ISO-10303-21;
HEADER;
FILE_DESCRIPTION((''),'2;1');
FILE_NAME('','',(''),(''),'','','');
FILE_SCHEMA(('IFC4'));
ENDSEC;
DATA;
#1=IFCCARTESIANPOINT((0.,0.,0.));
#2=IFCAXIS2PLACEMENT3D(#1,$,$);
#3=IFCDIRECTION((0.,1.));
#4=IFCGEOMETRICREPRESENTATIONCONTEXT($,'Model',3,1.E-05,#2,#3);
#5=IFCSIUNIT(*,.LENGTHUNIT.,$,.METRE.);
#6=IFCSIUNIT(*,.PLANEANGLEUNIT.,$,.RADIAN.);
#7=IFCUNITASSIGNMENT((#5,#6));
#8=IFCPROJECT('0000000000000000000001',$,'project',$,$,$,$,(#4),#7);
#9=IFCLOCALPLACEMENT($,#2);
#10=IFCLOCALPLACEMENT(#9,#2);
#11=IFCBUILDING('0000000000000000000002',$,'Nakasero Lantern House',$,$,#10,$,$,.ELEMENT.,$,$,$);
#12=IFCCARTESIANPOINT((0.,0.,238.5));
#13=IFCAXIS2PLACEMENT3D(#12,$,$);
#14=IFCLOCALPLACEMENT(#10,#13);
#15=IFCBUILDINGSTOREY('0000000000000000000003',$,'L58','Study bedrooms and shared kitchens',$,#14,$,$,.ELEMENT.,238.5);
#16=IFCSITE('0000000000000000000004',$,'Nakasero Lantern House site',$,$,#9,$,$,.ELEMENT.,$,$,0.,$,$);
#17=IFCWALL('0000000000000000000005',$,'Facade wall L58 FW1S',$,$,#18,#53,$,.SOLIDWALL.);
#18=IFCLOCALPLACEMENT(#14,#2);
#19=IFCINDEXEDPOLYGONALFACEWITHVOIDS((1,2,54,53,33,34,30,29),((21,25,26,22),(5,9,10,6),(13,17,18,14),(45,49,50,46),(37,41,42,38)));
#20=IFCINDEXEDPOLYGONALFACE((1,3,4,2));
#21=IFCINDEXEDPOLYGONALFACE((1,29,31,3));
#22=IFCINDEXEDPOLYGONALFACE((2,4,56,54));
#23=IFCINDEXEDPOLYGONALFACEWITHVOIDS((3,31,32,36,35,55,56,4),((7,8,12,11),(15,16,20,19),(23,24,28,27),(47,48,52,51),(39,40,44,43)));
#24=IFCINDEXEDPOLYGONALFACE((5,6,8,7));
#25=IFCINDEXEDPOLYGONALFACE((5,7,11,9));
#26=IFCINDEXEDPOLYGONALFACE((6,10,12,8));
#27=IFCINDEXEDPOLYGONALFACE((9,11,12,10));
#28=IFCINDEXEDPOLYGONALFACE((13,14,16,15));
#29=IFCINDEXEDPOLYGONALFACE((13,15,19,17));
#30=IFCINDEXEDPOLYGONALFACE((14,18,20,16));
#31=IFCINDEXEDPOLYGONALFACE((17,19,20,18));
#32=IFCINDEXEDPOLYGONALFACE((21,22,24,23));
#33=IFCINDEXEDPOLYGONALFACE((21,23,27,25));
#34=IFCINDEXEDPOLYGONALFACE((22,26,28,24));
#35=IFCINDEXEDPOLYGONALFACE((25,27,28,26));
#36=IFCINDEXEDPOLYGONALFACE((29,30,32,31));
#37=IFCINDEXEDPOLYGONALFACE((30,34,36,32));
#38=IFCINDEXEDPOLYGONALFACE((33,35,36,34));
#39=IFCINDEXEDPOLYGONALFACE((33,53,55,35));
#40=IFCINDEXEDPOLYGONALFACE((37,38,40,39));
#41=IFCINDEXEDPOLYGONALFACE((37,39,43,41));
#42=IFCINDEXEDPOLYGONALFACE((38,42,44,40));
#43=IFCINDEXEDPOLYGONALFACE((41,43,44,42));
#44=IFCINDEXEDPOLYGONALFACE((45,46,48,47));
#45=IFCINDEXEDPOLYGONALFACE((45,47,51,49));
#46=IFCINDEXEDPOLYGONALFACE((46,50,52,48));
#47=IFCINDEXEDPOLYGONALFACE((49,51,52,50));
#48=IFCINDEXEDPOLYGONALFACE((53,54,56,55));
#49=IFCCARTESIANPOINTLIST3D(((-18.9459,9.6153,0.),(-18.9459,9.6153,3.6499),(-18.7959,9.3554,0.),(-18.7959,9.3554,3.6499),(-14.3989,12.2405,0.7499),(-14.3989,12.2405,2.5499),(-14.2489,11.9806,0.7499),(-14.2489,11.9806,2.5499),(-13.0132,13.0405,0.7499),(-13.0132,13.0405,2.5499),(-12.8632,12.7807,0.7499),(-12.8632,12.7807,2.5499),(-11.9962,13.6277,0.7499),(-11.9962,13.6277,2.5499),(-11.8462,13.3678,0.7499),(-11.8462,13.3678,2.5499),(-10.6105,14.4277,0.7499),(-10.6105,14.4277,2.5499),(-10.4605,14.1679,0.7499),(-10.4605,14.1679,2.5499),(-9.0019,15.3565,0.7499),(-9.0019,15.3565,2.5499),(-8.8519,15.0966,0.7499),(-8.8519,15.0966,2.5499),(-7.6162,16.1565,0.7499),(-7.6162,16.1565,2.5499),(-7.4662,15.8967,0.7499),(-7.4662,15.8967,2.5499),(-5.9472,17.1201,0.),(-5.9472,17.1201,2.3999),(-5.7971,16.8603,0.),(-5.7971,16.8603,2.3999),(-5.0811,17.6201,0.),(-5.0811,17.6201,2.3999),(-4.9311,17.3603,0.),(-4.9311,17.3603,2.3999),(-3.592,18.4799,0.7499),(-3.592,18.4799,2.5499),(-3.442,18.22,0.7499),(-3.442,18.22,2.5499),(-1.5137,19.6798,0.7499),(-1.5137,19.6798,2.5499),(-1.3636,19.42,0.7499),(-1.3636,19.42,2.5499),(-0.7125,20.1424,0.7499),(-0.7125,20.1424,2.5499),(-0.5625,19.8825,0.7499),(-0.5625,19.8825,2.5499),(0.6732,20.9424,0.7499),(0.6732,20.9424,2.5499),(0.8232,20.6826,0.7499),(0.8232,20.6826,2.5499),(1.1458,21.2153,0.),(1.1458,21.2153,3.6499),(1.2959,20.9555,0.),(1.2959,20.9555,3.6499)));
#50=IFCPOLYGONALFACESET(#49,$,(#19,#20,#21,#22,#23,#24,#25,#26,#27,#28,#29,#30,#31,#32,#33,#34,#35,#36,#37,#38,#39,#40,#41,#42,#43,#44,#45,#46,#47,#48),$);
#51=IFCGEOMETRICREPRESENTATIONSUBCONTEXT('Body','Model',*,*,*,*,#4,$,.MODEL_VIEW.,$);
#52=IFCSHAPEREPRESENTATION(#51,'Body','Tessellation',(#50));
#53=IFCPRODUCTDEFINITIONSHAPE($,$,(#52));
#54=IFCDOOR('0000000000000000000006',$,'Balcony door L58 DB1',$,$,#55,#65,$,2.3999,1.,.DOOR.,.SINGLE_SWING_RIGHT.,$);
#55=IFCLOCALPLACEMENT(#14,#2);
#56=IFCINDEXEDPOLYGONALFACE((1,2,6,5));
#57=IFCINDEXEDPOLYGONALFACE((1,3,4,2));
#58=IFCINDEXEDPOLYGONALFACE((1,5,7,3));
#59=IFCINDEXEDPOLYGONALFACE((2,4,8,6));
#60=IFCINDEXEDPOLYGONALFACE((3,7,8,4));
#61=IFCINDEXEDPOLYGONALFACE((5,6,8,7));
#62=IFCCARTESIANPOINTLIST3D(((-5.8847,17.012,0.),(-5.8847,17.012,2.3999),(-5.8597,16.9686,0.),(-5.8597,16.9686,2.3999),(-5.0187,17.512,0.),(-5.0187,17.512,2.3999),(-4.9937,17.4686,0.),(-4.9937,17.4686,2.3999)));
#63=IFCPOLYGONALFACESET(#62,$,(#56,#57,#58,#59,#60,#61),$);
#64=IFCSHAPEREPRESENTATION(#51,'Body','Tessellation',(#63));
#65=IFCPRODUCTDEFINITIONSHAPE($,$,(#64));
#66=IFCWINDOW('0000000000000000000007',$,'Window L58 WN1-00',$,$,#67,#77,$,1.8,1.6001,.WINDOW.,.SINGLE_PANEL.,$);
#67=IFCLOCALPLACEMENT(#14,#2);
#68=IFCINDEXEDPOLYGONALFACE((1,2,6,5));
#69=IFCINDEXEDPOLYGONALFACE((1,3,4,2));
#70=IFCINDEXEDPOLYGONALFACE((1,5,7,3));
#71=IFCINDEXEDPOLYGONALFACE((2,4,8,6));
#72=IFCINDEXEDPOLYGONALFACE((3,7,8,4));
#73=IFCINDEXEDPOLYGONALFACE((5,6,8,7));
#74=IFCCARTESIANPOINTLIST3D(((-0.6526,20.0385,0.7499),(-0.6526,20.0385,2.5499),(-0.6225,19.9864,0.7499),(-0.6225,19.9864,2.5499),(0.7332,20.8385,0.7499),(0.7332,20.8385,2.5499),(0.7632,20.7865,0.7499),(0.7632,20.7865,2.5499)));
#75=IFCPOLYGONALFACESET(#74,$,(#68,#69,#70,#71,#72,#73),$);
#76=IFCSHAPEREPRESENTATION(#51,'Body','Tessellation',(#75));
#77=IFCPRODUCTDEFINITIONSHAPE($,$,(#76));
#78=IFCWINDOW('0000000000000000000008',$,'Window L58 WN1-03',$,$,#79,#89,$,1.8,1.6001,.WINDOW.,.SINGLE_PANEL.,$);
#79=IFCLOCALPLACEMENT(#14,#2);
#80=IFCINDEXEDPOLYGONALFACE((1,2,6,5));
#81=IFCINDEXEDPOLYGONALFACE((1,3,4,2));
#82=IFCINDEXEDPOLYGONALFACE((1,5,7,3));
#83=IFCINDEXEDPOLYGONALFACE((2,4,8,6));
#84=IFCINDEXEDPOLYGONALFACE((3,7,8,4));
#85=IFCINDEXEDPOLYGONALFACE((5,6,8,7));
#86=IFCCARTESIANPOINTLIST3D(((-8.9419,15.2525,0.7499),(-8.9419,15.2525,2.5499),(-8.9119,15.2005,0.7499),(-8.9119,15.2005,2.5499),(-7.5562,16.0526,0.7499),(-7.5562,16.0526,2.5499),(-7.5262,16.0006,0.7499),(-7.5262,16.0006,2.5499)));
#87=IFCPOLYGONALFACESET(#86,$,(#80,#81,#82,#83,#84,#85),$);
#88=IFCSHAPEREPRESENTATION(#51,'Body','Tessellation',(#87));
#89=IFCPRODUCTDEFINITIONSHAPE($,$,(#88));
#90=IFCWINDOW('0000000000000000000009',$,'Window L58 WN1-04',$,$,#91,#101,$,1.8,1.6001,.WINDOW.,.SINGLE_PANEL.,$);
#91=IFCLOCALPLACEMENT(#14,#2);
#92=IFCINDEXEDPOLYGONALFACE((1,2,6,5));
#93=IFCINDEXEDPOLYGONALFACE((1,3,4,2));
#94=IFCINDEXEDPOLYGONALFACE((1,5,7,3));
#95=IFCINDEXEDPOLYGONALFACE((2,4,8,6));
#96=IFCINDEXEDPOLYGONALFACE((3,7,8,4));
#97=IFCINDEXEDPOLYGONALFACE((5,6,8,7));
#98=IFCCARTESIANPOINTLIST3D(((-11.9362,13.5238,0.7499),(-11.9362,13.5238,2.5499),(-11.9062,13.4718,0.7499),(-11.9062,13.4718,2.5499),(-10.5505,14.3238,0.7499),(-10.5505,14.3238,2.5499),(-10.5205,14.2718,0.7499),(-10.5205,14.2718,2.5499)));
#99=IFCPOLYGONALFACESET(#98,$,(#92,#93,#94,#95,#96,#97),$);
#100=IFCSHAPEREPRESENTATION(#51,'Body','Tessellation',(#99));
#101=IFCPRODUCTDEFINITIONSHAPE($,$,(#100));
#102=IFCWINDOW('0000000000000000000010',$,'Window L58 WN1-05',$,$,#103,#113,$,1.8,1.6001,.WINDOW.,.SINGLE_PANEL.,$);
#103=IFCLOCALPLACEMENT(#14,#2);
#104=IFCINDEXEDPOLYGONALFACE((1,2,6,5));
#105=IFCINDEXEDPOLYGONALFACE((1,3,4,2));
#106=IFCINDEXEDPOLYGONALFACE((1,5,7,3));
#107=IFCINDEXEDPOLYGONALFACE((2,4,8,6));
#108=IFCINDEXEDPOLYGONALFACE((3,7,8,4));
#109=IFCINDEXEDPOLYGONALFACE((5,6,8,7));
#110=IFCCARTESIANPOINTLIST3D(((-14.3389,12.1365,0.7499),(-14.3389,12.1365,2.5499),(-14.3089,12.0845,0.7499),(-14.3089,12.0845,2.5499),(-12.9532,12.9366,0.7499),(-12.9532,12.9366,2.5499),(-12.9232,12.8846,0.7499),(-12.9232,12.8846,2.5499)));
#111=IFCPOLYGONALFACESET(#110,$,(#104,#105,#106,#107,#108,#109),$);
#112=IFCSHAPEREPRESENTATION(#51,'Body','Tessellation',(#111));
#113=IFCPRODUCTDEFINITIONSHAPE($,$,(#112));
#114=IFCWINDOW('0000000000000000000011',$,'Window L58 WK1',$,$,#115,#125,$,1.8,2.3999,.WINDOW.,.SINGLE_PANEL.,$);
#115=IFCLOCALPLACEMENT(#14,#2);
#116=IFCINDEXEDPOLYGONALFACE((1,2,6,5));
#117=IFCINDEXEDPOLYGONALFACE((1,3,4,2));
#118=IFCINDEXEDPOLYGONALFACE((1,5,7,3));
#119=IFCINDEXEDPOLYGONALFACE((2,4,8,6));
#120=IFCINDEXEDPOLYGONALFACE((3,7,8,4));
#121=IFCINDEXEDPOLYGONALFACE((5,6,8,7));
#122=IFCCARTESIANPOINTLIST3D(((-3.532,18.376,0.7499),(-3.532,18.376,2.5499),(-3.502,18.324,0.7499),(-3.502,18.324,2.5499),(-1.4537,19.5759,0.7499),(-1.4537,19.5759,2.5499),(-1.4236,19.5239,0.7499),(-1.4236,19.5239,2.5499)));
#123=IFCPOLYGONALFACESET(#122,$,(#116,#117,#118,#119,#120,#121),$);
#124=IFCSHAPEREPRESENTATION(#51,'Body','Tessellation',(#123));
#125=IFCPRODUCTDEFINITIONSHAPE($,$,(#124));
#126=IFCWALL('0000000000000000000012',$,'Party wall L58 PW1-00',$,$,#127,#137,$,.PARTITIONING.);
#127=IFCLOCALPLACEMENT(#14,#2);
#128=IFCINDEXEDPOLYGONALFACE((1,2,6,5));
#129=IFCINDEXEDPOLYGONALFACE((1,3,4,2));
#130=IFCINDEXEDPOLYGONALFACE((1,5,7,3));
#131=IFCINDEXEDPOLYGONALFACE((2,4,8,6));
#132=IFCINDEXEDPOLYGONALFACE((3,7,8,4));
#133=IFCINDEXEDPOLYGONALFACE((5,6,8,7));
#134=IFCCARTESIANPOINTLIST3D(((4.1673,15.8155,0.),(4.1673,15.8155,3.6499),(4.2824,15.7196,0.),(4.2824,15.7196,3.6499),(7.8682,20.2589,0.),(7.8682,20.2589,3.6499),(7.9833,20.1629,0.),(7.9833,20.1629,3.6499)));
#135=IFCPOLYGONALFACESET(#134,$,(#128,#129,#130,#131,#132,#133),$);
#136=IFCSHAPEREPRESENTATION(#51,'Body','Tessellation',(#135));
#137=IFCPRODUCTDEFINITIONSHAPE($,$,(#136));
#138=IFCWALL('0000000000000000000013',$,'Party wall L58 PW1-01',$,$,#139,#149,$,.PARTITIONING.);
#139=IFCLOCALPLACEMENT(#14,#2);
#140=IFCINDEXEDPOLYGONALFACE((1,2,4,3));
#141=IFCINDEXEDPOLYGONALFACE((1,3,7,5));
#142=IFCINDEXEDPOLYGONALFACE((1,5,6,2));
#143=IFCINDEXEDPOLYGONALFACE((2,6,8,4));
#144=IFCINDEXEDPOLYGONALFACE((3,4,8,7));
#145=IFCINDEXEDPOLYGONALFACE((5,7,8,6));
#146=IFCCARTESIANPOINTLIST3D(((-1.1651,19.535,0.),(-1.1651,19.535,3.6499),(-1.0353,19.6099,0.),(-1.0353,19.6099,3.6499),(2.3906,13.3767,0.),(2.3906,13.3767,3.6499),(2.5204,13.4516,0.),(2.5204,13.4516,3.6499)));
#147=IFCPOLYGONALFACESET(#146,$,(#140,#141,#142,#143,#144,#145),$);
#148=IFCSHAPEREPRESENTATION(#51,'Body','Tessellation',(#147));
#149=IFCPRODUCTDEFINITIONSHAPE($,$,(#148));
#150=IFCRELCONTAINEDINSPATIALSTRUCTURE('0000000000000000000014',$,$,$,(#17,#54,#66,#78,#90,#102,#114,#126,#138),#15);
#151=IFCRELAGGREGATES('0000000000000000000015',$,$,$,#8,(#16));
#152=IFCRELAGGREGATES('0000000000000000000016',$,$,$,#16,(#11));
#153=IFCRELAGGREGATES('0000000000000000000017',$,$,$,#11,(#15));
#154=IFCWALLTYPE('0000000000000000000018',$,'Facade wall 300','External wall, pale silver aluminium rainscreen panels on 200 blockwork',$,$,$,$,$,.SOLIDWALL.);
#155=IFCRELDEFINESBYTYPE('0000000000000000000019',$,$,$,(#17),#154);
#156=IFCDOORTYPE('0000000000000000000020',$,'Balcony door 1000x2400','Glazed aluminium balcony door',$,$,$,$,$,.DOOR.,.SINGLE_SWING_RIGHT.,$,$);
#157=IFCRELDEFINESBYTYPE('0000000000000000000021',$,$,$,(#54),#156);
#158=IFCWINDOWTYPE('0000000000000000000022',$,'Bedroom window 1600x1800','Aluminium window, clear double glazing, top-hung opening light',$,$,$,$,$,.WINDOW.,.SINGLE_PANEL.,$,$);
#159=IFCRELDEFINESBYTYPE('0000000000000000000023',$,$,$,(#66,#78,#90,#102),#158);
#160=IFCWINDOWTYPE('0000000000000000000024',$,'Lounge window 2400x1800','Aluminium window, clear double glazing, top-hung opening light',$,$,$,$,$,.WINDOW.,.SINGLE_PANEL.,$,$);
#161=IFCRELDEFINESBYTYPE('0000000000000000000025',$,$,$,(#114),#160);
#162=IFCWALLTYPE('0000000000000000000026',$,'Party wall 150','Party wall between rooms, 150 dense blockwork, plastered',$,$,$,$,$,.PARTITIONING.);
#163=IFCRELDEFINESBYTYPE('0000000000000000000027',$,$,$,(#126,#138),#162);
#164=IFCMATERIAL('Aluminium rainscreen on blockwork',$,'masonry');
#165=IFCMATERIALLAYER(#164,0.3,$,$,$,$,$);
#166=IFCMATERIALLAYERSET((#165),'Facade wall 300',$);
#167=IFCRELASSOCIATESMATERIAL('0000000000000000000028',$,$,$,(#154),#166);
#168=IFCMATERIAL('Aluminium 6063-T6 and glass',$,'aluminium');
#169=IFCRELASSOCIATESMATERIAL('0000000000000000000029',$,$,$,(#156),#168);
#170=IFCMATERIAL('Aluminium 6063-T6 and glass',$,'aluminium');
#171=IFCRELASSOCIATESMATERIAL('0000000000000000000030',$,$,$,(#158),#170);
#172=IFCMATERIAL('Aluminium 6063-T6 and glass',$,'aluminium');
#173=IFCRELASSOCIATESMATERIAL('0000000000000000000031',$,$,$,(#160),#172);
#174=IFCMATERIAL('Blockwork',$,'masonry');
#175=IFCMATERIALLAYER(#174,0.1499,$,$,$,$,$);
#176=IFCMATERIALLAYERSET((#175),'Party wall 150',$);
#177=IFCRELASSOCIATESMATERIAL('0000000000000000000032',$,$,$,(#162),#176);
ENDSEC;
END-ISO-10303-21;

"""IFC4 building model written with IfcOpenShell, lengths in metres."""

from ifc_helpers import new_model, si_unit, direction, frame, frame_2d, origin, place, context, subcontext, project, spatial, rectangle, extrude, material, layer, layer_set, type_object, element, fill, save


model = new_model("IFC4")

# Units and contexts
model_context = context("Model", 3, precision=1e-05, world=origin(), true_north=direction((0.0, 1.0)))
body_context = subcontext(model_context, "Body", "Model", "MODEL_VIEW")
ifc_project = project(units=[si_unit("LENGTHUNIT", "METRE"), si_unit("PLANEANGLEUNIT", "RADIAN")], contexts=[model_context])

# Site, building, storey
site_placement = place(None, origin())
site = spatial("IfcSite", under=ifc_project, at=site_placement, Name="Nakasero Lantern House site", CompositionType="ELEMENT", RefElevation=0.0)
building_placement = place(site_placement, origin())
building = spatial("IfcBuilding", under=site, at=building_placement, Name="Nakasero Lantern House", CompositionType="ELEMENT")
storey_placement = place(building_placement, frame((0.0, 0.0, 238.5)))
storey = spatial("IfcBuildingStorey", under=building, at=storey_placement, Name="L58", Description="Study bedrooms and shared kitchens", CompositionType="ELEMENT", Elevation=238.5)

# Shared definitions
ifc_material_1 = material(Name="Aluminium rainscreen on blockwork", Category="masonry")
ifc_layer_1 = layer(ifc_material_1, 0.3)
ifc_layer_set_1 = layer_set([ifc_layer_1], Name="Facade wall 300")
wall_type_1 = type_object("IfcWallType", Name="Facade wall 300", Description="External wall, pale silver aluminium rainscreen panels on 200 blockwork", PredefinedType="SOLIDWALL", material=ifc_layer_set_1)

# Wall, openings, door, windows
wall_1_placement = place(storey_placement, frame((1.2209, 21.0854, 0.0), z_axis=(0.0, 0.0, 1.0), x_axis=(-0.866024, -0.500003, 0.0)))
wall_1 = element("IfcWall", 1, at=wall_1_placement, inside=storey, type_object=wall_type_1, Name="Facade wall L58 FW1S", PredefinedType="SOLIDWALL", context=body_context, shape_type="SweptSolid", body=[
    extrude(rectangle(XDim=23.2, YDim=0.3, at=frame_2d((11.6001, 0.0))), origin(), (0.0, 0.0, 1.0), 3.6499),
])
opening_1_placement = place(wall_1_placement, frame((0.5459, 0.0, 0.75)))
opening_1 = element("IfcOpeningElement", 2, at=opening_1_placement, cuts=wall_1, PredefinedType="OPENING", context=body_context, shape_type="SweptSolid", body=[
    extrude(rectangle(XDim=1.6001, YDim=1.8, at=frame_2d((0.8, 0.8999))), frame((0.0, 0.1699, 0.0), z_axis=(0.0, -1.0, 0.0), x_axis=(1.0, 0.0, 0.0)), (0.0, 0.0, 1.0), 0.3401),
])
opening_2_placement = place(wall_1_placement, frame((10.1177, 0.0, 0.75)))
opening_2 = element("IfcOpeningElement", 3, at=opening_2_placement, cuts=wall_1, PredefinedType="OPENING", context=body_context, shape_type="SweptSolid", body=[
    extrude(rectangle(XDim=1.6001, YDim=1.8, at=frame_2d((0.8, 0.8999))), frame((0.0, 0.1699, 0.0), z_axis=(0.0, -1.0, 0.0), x_axis=(1.0, 0.0, 0.0)), (0.0, 0.0, 1.0), 0.3401),
])
opening_3_placement = place(wall_1_placement, frame((13.5752, 0.0, 0.75)))
opening_3 = element("IfcOpeningElement", 4, at=opening_3_placement, cuts=wall_1, PredefinedType="OPENING", context=body_context, shape_type="SweptSolid", body=[
    extrude(rectangle(XDim=1.6001, YDim=1.8, at=frame_2d((0.8, 0.8999))), frame((0.0, 0.1699, 0.0), z_axis=(0.0, -1.0, 0.0), x_axis=(1.0, 0.0, 0.0)), (0.0, 0.0, 1.0), 0.3401),
])
opening_4_placement = place(wall_1_placement, frame((16.3496, 0.0, 0.75)))
opening_4 = element("IfcOpeningElement", 5, at=opening_4_placement, cuts=wall_1, PredefinedType="OPENING", context=body_context, shape_type="SweptSolid", body=[
    extrude(rectangle(XDim=1.6001, YDim=1.8, at=frame_2d((0.8, 0.8999))), frame((0.0, 0.1699, 0.0), z_axis=(0.0, -1.0, 0.0), x_axis=(1.0, 0.0, 0.0)), (0.0, 0.0, 1.0), 0.3401),
])
opening_5_placement = place(wall_1_placement, frame((3.071, 0.0, 0.75)))
opening_5 = element("IfcOpeningElement", 6, at=opening_5_placement, cuts=wall_1, PredefinedType="OPENING", context=body_context, shape_type="SweptSolid", body=[
    extrude(rectangle(XDim=2.3999, YDim=1.8, at=frame_2d((1.2, 0.8999))), frame((0.0, 0.1699, 0.0), z_axis=(0.0, -1.0, 0.0), x_axis=(1.0, 0.0, 0.0)), (0.0, 0.0, 1.0), 0.3401),
])
opening_6_placement = place(wall_1_placement, frame((7.1904, 0.0, 0.0)))
opening_6 = element("IfcOpeningElement", 7, at=opening_6_placement, cuts=wall_1, PredefinedType="OPENING", context=body_context, shape_type="SweptSolid", body=[
    extrude(rectangle(XDim=1.0, YDim=2.3999, at=frame_2d((0.5, 1.2))), frame((0.0, 0.1699, 0.0), z_axis=(0.0, -1.0, 0.0), x_axis=(1.0, 0.0, 0.0)), (0.0, 0.0, 1.0), 0.3401),
])
ifc_material_2 = material(Name="Aluminium 6063-T6 and glass", Category="aluminium")
door_type_1 = type_object("IfcDoorType", Name="Balcony door 1000x2400", Description="Glazed aluminium balcony door", OperationType="SINGLE_SWING_RIGHT", PredefinedType="DOOR", material=ifc_material_2)
door_1_placement = place(opening_6_placement, origin())
door_1 = element("IfcDoor", 8, at=door_1_placement, inside=storey, type_object=door_type_1, Name="Balcony door L58 DB1", OperationType="SINGLE_SWING_RIGHT", OverallHeight=2.3999, OverallWidth=1.0, PredefinedType="DOOR", context=body_context, shape_type="SweptSolid", body=[
    extrude(rectangle(XDim=1.0, YDim=2.3999, at=frame_2d((0.5, 1.2))), frame((0.0, 0.0249, 0.0), z_axis=(0.0, -1.0, 0.0), x_axis=(1.0, 0.0, 0.0)), (0.0, 0.0, 1.0), 0.05),
])
fill(opening_6, door_1)
ifc_material_3 = material(Name="Aluminium 6063-T6 and glass", Category="aluminium")
window_type_1 = type_object("IfcWindowType", Name="Bedroom window 1600x1800", Description="Aluminium window, clear double glazing, top-hung opening light", PartitioningType="SINGLE_PANEL", PredefinedType="WINDOW", material=ifc_material_3)
window_1_placement = place(opening_1_placement, origin())
window_1 = element("IfcWindow", 9, at=window_1_placement, inside=storey, type_object=window_type_1, Name="Window L58 WN1-00", OverallHeight=1.8, OverallWidth=1.6001, PartitioningType="SINGLE_PANEL", PredefinedType="WINDOW", context=body_context, shape_type="SweptSolid", body=[
    extrude(rectangle(XDim=1.6001, YDim=1.8, at=frame_2d((0.8, 0.8999))), frame((0.0, 0.03, 0.0), z_axis=(0.0, -1.0, 0.0), x_axis=(1.0, 0.0, 0.0)), (0.0, 0.0, 1.0), 0.0601),
])
fill(opening_1, window_1)
window_2_placement = place(opening_2_placement, origin())
window_2 = element("IfcWindow", 10, at=window_2_placement, inside=storey, type_object=window_type_1, Name="Window L58 WN1-03", OverallHeight=1.8, OverallWidth=1.6001, PartitioningType="SINGLE_PANEL", PredefinedType="WINDOW", context=body_context, shape_type="SweptSolid", body=[
    extrude(rectangle(XDim=1.6001, YDim=1.8, at=frame_2d((0.8, 0.8999))), frame((0.0, 0.03, 0.0), z_axis=(0.0, -1.0, 0.0), x_axis=(1.0, 0.0, 0.0)), (0.0, 0.0, 1.0), 0.0601),
])
fill(opening_2, window_2)
window_3_placement = place(opening_3_placement, origin())
window_3 = element("IfcWindow", 11, at=window_3_placement, inside=storey, type_object=window_type_1, Name="Window L58 WN1-04", OverallHeight=1.8, OverallWidth=1.6001, PartitioningType="SINGLE_PANEL", PredefinedType="WINDOW", context=body_context, shape_type="SweptSolid", body=[
    extrude(rectangle(XDim=1.6001, YDim=1.8, at=frame_2d((0.8, 0.8999))), frame((0.0, 0.03, 0.0), z_axis=(0.0, -1.0, 0.0), x_axis=(1.0, 0.0, 0.0)), (0.0, 0.0, 1.0), 0.0601),
])
fill(opening_3, window_3)
window_4_placement = place(opening_4_placement, origin())
window_4 = element("IfcWindow", 12, at=window_4_placement, inside=storey, type_object=window_type_1, Name="Window L58 WN1-05", OverallHeight=1.8, OverallWidth=1.6001, PartitioningType="SINGLE_PANEL", PredefinedType="WINDOW", context=body_context, shape_type="SweptSolid", body=[
    extrude(rectangle(XDim=1.6001, YDim=1.8, at=frame_2d((0.8, 0.8999))), frame((0.0, 0.03, 0.0), z_axis=(0.0, -1.0, 0.0), x_axis=(1.0, 0.0, 0.0)), (0.0, 0.0, 1.0), 0.0601),
])
fill(opening_4, window_4)
ifc_material_4 = material(Name="Aluminium 6063-T6 and glass", Category="aluminium")
window_type_2 = type_object("IfcWindowType", Name="Lounge window 2400x1800", Description="Aluminium window, clear double glazing, top-hung opening light", PartitioningType="SINGLE_PANEL", PredefinedType="WINDOW", material=ifc_material_4)
window_5_placement = place(opening_5_placement, origin())
window_5 = element("IfcWindow", 13, at=window_5_placement, inside=storey, type_object=window_type_2, Name="Window L58 WK1", OverallHeight=1.8, OverallWidth=2.3999, PartitioningType="SINGLE_PANEL", PredefinedType="WINDOW", context=body_context, shape_type="SweptSolid", body=[
    extrude(rectangle(XDim=2.3999, YDim=1.8, at=frame_2d((1.2, 0.8999))), frame((0.0, 0.03, 0.0), z_axis=(0.0, -1.0, 0.0), x_axis=(1.0, 0.0, 0.0)), (0.0, 0.0, 1.0), 0.0601),
])
fill(opening_5, window_5)

# Walls
ifc_material_5 = material(Name="Blockwork", Category="masonry")
ifc_layer_2 = layer(ifc_material_5, 0.1499)
ifc_layer_set_2 = layer_set([ifc_layer_2], Name="Party wall 150")
wall_type_2 = type_object("IfcWallType", Name="Party wall 150", Description="Party wall between rooms, 150 dense blockwork, plastered", PredefinedType="PARTITIONING", material=ifc_layer_set_2)
wall_2_placement = place(storey_placement, frame((4.2249, 15.7676, 0.0), z_axis=(0.0, 0.0, 1.0), x_axis=(0.639993, 0.76838, 0.0)))
element("IfcWall", 14, at=wall_2_placement, inside=storey, type_object=wall_type_2, Name="Party wall L58 PW1-00", PredefinedType="PARTITIONING", context=body_context, shape_type="SweptSolid", body=[
    extrude(rectangle(XDim=5.7827, YDim=0.1499, at=frame_2d((2.8914, 0.0))), origin(), (0.0, 0.0, 1.0), 3.6499),
])
wall_3_placement = place(storey_placement, frame((2.4556, 13.4141, 0.0), z_axis=(0.0, 0.0, 1.0), x_axis=(-0.500024, 0.866012, 0.0)))
element("IfcWall", 15, at=wall_3_placement, inside=storey, type_object=wall_type_2, Name="Party wall L58 PW1-01", PredefinedType="PARTITIONING", context=body_context, shape_type="SweptSolid", body=[
    extrude(rectangle(XDim=7.1111, YDim=0.1499, at=frame_2d((3.5557, 0.0))), origin(), (0.0, 0.0, 1.0), 3.6499),
])

save(model, "model.ifc")
